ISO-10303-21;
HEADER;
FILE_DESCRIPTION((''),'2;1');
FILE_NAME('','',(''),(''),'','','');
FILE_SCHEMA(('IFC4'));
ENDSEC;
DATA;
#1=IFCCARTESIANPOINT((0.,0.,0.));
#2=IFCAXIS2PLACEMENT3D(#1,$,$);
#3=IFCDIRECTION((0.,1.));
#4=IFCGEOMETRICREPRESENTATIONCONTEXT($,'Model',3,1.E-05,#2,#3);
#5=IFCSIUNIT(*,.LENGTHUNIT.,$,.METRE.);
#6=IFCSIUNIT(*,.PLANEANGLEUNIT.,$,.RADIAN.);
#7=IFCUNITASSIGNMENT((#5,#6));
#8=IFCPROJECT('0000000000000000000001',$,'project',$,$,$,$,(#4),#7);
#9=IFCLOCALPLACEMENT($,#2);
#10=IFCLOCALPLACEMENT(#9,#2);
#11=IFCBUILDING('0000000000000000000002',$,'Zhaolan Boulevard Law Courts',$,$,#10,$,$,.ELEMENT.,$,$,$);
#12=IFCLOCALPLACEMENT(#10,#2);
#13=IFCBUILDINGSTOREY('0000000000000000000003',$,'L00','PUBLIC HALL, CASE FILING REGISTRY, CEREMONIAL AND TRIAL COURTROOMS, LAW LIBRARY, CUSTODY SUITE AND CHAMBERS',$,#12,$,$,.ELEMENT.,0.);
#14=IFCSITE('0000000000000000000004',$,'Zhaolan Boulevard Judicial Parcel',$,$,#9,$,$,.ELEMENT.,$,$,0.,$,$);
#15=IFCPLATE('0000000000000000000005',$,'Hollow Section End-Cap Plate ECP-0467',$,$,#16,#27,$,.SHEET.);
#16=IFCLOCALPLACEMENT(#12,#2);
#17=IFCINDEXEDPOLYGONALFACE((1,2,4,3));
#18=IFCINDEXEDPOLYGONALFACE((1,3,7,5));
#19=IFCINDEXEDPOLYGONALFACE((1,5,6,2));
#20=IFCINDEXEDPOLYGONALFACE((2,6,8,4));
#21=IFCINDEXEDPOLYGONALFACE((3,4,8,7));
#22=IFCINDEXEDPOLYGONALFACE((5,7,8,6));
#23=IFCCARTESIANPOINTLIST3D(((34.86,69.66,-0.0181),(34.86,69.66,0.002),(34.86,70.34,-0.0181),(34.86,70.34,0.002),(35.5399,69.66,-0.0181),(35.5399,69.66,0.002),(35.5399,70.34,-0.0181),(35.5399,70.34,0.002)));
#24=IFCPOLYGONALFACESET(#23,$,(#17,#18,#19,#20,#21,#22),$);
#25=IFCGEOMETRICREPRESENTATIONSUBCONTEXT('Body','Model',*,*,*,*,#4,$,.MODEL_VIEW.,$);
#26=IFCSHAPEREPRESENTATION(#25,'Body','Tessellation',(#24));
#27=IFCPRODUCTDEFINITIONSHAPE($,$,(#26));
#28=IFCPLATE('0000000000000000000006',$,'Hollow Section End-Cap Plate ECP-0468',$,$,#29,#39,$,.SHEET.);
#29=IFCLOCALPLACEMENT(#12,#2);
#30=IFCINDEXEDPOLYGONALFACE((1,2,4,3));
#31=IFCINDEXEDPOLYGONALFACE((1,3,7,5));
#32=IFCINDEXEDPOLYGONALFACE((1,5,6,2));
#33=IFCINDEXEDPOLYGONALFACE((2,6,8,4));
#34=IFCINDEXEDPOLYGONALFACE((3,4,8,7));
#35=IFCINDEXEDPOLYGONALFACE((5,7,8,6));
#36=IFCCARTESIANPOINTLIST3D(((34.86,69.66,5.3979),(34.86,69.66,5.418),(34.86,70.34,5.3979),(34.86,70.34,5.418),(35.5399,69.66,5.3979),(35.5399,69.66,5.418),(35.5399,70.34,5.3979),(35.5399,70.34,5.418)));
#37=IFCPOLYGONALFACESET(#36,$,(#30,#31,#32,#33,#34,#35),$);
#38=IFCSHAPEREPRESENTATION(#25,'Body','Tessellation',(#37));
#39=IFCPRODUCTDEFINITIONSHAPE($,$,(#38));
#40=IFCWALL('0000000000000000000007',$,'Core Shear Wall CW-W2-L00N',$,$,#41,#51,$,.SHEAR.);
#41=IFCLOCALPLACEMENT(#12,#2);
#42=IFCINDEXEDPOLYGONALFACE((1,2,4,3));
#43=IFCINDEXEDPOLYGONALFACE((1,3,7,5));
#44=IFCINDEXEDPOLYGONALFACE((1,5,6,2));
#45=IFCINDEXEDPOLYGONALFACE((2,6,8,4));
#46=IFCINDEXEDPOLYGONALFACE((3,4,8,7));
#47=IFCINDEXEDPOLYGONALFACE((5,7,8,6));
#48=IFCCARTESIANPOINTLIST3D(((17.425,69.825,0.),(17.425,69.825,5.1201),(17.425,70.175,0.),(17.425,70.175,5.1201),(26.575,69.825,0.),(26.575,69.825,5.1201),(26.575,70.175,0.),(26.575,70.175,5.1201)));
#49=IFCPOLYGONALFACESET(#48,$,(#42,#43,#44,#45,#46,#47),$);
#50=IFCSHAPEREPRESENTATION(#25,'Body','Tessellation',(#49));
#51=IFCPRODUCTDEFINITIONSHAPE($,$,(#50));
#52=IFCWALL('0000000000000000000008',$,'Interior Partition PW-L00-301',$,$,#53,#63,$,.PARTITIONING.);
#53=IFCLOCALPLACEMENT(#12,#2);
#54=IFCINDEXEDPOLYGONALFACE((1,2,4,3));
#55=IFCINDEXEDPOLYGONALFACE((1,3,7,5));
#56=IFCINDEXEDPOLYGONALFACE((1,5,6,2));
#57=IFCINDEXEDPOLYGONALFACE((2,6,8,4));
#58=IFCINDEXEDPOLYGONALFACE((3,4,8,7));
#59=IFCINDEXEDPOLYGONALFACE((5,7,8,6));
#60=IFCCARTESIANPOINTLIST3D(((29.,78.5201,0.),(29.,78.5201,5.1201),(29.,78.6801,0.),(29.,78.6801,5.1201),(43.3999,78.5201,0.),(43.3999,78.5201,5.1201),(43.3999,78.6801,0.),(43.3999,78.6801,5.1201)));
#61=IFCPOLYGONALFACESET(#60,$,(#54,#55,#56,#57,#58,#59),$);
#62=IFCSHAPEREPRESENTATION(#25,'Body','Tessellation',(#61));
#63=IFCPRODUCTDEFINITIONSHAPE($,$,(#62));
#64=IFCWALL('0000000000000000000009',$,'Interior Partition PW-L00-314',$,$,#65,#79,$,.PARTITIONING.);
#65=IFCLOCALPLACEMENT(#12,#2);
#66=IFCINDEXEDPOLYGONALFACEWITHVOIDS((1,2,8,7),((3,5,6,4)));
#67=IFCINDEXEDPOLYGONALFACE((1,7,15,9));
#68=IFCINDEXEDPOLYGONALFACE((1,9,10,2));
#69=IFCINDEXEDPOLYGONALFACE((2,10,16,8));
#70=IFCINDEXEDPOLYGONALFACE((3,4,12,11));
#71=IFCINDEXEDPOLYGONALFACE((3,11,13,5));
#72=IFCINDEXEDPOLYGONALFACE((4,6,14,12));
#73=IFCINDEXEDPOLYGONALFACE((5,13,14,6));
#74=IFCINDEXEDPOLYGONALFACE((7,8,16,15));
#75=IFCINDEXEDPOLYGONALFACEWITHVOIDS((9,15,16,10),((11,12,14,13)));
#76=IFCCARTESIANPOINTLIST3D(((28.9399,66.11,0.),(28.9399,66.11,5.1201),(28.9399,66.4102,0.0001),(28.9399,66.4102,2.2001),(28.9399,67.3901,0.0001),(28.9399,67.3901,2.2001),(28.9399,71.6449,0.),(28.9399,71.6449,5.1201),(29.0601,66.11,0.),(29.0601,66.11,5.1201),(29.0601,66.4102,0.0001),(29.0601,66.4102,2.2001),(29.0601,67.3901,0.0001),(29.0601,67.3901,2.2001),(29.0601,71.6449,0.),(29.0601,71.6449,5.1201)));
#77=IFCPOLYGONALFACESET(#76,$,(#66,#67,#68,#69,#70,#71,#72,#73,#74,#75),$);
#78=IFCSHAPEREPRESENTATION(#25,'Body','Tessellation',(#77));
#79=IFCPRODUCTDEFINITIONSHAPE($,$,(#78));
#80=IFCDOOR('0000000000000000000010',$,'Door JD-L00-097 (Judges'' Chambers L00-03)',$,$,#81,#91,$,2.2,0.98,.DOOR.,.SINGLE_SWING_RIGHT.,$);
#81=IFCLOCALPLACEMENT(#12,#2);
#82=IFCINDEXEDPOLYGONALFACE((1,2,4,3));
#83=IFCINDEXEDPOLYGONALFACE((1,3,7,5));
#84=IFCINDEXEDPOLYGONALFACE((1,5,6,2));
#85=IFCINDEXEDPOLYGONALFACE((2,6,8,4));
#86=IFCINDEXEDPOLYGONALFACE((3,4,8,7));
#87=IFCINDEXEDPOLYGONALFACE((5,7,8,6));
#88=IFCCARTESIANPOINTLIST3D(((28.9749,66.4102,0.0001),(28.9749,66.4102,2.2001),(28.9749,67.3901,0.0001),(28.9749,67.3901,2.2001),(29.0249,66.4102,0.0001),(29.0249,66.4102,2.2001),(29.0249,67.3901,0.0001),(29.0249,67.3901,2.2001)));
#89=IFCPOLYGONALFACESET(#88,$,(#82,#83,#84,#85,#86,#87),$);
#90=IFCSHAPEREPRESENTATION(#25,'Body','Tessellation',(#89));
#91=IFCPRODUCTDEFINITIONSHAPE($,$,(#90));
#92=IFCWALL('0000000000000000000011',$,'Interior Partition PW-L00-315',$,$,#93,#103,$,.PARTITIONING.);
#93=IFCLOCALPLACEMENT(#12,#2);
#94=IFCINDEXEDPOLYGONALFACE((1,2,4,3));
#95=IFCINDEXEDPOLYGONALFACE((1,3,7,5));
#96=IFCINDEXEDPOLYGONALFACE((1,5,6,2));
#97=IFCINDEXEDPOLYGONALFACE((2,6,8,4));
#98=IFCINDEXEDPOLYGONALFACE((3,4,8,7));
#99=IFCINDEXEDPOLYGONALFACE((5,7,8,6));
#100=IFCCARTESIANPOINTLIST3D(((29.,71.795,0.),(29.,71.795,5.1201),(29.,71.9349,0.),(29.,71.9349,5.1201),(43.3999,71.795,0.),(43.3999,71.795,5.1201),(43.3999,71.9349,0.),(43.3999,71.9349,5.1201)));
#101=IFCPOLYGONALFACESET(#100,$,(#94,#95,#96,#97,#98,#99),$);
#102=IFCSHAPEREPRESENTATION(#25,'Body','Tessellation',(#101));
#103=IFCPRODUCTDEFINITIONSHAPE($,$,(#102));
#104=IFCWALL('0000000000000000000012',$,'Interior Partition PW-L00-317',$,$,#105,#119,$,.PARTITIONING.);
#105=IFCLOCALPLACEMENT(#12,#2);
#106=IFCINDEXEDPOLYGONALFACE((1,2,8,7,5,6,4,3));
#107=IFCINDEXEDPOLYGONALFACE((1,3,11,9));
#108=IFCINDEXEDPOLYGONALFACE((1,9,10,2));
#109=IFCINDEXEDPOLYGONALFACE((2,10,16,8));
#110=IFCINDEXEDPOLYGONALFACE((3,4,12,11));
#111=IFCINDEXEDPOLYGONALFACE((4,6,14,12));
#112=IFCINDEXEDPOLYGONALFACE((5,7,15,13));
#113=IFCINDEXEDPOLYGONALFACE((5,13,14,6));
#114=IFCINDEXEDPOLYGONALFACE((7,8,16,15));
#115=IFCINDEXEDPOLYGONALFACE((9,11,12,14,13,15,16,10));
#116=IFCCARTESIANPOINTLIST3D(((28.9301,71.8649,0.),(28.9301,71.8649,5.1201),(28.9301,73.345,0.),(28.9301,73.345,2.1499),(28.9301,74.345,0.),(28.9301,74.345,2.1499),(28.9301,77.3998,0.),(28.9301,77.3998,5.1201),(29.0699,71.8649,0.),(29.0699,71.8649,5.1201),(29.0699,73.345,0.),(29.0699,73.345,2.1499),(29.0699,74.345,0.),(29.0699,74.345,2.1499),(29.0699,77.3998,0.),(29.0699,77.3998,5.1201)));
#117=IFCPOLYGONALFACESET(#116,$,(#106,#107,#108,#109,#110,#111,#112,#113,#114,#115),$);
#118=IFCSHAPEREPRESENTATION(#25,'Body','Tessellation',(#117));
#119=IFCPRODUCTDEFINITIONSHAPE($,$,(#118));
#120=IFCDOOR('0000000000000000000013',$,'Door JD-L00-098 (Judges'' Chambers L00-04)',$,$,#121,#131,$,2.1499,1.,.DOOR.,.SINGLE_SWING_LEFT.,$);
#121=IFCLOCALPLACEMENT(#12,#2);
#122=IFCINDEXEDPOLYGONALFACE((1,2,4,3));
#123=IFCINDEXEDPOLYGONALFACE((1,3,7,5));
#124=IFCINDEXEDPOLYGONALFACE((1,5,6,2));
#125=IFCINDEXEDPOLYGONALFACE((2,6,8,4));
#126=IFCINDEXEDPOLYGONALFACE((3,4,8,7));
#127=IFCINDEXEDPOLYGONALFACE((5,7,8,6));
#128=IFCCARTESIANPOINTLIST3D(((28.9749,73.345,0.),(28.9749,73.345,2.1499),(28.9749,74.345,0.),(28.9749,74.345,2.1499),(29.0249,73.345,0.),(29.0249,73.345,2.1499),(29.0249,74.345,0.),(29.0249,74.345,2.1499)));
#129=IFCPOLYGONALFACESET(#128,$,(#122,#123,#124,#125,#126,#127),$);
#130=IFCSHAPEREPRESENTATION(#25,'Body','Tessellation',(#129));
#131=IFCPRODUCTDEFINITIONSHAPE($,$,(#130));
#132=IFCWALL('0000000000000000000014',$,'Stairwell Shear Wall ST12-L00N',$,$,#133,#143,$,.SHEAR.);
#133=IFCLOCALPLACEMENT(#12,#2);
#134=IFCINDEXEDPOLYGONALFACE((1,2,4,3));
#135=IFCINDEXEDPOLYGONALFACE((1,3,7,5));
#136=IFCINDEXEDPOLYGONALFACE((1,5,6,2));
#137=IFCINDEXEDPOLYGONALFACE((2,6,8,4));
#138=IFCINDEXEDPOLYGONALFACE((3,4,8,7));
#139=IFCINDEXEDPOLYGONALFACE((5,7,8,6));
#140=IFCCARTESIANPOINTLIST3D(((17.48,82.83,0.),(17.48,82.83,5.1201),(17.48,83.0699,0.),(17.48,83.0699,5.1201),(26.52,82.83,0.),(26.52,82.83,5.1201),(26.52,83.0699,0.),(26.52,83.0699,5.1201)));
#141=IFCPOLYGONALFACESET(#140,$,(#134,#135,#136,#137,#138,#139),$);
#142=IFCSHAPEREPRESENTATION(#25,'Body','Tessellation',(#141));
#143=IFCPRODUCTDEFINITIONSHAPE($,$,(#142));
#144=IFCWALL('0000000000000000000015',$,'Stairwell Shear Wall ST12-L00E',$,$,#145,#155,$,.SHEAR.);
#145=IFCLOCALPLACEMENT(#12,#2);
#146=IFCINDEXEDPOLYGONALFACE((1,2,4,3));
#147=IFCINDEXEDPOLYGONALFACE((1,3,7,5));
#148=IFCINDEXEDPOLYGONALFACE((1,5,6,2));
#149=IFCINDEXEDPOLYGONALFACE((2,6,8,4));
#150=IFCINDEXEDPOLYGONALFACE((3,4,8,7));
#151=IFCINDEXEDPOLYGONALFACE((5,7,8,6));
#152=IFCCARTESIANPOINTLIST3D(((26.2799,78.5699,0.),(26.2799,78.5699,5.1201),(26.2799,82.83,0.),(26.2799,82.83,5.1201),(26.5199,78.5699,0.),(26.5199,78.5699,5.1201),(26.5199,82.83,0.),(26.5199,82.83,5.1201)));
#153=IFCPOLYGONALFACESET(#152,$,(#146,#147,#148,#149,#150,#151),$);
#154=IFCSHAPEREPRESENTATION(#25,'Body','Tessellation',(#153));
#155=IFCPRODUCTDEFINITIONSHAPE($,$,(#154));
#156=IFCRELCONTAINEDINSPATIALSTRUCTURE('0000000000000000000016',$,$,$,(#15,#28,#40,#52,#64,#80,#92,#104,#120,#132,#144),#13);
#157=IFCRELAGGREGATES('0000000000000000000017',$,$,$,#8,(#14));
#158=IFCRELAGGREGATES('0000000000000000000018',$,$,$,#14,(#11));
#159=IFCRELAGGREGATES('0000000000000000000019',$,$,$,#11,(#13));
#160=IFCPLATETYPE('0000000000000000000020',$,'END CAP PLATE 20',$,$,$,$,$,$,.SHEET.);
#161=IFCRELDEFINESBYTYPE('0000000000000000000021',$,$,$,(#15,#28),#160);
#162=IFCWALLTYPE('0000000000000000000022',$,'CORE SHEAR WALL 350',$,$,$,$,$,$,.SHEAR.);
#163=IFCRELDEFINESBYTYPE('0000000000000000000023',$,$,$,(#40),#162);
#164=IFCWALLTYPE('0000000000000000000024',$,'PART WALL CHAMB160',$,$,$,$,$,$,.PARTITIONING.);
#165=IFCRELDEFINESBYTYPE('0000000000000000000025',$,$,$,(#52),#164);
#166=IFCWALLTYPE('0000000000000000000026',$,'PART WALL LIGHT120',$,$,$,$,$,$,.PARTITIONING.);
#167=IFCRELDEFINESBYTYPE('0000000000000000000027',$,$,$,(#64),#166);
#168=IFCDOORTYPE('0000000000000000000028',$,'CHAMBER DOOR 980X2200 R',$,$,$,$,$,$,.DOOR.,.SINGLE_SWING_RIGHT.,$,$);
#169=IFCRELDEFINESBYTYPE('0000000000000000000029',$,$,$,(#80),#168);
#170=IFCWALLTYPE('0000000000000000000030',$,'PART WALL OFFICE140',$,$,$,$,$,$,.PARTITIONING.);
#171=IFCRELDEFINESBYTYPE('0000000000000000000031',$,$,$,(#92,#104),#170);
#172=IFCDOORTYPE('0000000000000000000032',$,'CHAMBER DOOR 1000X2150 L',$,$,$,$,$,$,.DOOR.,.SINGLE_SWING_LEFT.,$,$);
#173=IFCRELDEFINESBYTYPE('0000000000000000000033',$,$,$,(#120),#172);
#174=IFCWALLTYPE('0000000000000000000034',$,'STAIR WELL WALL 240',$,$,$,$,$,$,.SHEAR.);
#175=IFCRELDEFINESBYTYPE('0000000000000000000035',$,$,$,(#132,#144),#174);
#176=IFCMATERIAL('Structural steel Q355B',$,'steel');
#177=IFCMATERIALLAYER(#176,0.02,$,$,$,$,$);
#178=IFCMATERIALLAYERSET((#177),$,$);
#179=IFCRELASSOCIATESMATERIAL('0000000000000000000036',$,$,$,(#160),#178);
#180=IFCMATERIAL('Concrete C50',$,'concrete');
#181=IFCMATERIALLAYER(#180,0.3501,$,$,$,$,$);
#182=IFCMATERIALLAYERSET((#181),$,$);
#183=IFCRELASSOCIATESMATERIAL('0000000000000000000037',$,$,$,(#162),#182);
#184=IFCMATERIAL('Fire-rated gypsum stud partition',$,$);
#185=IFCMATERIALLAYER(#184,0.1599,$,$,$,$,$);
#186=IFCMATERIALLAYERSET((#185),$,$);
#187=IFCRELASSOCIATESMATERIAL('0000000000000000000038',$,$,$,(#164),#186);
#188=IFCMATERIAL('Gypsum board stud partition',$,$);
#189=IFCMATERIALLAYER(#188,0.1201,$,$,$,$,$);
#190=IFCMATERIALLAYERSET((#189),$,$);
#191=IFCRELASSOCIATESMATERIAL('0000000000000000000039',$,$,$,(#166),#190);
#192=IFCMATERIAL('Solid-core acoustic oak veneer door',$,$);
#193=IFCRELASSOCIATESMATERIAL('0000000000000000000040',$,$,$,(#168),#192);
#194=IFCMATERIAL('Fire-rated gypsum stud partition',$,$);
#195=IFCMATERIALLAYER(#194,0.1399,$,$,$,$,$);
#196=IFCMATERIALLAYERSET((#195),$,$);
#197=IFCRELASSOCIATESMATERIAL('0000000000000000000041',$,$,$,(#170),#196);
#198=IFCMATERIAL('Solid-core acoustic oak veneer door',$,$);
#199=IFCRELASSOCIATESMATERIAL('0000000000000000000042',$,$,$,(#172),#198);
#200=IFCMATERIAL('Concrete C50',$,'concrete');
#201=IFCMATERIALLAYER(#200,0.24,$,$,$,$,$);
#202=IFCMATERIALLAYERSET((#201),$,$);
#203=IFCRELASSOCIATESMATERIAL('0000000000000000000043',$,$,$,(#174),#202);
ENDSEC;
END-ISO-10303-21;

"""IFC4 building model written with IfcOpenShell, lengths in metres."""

from ifc_helpers import new_model, si_unit, direction, frame, frame_2d, origin, origin_2d, place, context, subcontext, project, spatial, rectangle, extrude, material, layer, layer_set, type_object, element, fill, save


model = new_model("IFC4")

# Units and contexts
model_context = context("Model", 3, precision=1e-05, world=origin(), true_north=direction((0.0, 1.0)))
body_context = subcontext(model_context, "Body", "Model", "MODEL_VIEW")
ifc_project = project(units=[si_unit("LENGTHUNIT", "METRE"), si_unit("PLANEANGLEUNIT", "RADIAN")], contexts=[model_context])

# Site, building, storey
site_placement = place(None, origin())
site = spatial("IfcSite", under=ifc_project, at=site_placement, Name="Zhaolan Boulevard Judicial Parcel", CompositionType="ELEMENT", RefElevation=0.0)
building_placement = place(site_placement, origin())
building = spatial("IfcBuilding", under=site, at=building_placement, Name="Zhaolan Boulevard Law Courts", CompositionType="ELEMENT")
storey_placement = place(building_placement, origin())
storey = spatial("IfcBuildingStorey", under=building, at=storey_placement, Name="L00", Description="PUBLIC HALL, CASE FILING REGISTRY, CEREMONIAL AND TRIAL COURTROOMS, LAW LIBRARY, CUSTODY SUITE AND CHAMBERS", CompositionType="ELEMENT", Elevation=0.0)

# Plates
ifc_material_1 = material(Name="Structural steel Q355B", Category="steel")
ifc_layer_1 = layer(ifc_material_1, 0.02)
ifc_layer_set_1 = layer_set([ifc_layer_1])
plate_type = type_object("IfcPlateType", Name="END CAP PLATE 20", PredefinedType="SHEET", material=ifc_layer_set_1)
for number, where, z_axis, x_axis, name in (
    (1, (35.2, 70.0, -0.0181), (0.0, 0.0, 1.0), (1.0, 0.0, 0.0), "Hollow Section End-Cap Plate ECP-0467"),
    (2, (35.2, 70.0, 5.3979), (0.0, 0.0, 1.0), (1.0, 0.0, 0.0), "Hollow Section End-Cap Plate ECP-0468"),
):
    element("IfcPlate", number, at=place(storey_placement, frame(where, z_axis=z_axis, x_axis=x_axis)), inside=storey, type_object=plate_type, Name=name, PredefinedType="SHEET", context=body_context, shape_type="SweptSolid", body=[
        extrude(rectangle(XDim=0.6799, YDim=0.6799, at=origin_2d()), origin(), (0.0, 0.0, 1.0), 0.02),
    ])

# Walls
ifc_material_2 = material(Name="Concrete C50", Category="concrete")
ifc_layer_2 = layer(ifc_material_2, 0.3501)
ifc_layer_set_2 = layer_set([ifc_layer_2])
wall_type_1 = type_object("IfcWallType", Name="CORE SHEAR WALL 350", PredefinedType="SHEAR", material=ifc_layer_set_2)
wall_1_placement = place(storey_placement, frame((26.575, 70.0, 0.0), z_axis=(0.0, 0.0, 1.0), x_axis=(-1.0, 0.0, 0.0)))
element("IfcWall", 3, at=wall_1_placement, inside=storey, type_object=wall_type_1, Name="Core Shear Wall CW-W2-L00N", PredefinedType="SHEAR", context=body_context, shape_type="SweptSolid", body=[
    extrude(rectangle(XDim=9.1499, YDim=0.3501, at=frame_2d((4.575, 0.0))), origin(), (0.0, 0.0, 1.0), 5.1201),
])
ifc_material_3 = material(Name="Fire-rated gypsum stud partition")
ifc_layer_3 = layer(ifc_material_3, 0.1599)
ifc_layer_set_3 = layer_set([ifc_layer_3])
wall_type_2 = type_object("IfcWallType", Name="PART WALL CHAMB160", PredefinedType="PARTITIONING", material=ifc_layer_set_3)
wall_2_placement = place(storey_placement, frame((29.0, 78.6001, 0.0), z_axis=(0.0, 0.0, 1.0), x_axis=(1.0, 0.0, 0.0)))
element("IfcWall", 4, at=wall_2_placement, inside=storey, type_object=wall_type_2, Name="Interior Partition PW-L00-301", PredefinedType="PARTITIONING", context=body_context, shape_type="SweptSolid", body=[
    extrude(rectangle(XDim=14.3999, YDim=0.1599, at=frame_2d((7.2, 0.0))), origin(), (0.0, 0.0, 1.0), 5.1201),
])

# Wall, opening, door
ifc_material_4 = material(Name="Gypsum board stud partition")
ifc_layer_4 = layer(ifc_material_4, 0.1201)
ifc_layer_set_4 = layer_set([ifc_layer_4])
wall_type_3 = type_object("IfcWallType", Name="PART WALL LIGHT120", PredefinedType="PARTITIONING", material=ifc_layer_set_4)
wall_3_placement = place(storey_placement, frame((29.0, 71.645, 0.0), z_axis=(0.0, 0.0, 1.0), x_axis=(0.0, -1.0, 0.0)))
wall_3 = element("IfcWall", 5, at=wall_3_placement, inside=storey, type_object=wall_type_3, Name="Interior Partition PW-L00-314", PredefinedType="PARTITIONING", context=body_context, shape_type="SweptSolid", body=[
    extrude(rectangle(XDim=5.5349, YDim=0.1201, at=frame_2d((2.7676, 0.0))), origin(), (0.0, 0.0, 1.0), 5.1201),
])
opening_1_placement = place(wall_3_placement, frame((4.2549, 0.0, 0.0)))
opening_1 = element("IfcOpeningElement", 6, at=opening_1_placement, cuts=wall_3, PredefinedType="OPENING", context=body_context, shape_type="SweptSolid", body=[
    extrude(rectangle(XDim=0.98, YDim=2.2, at=frame_2d((0.49, 1.1001))), frame((0.0, 0.0701, 0.0), z_axis=(0.0, -1.0, 0.0), x_axis=(1.0, 0.0, 0.0)), (0.0, 0.0, 1.0), 0.1401),
])
ifc_material_5 = material(Name="Solid-core acoustic oak veneer door")
door_type_1 = type_object("IfcDoorType", Name="CHAMBER DOOR 980X2200 R", OperationType="SINGLE_SWING_RIGHT", PredefinedType="DOOR", material=ifc_material_5)
door_1_placement = place(opening_1_placement, origin())
door_1 = element("IfcDoor", 7, at=door_1_placement, inside=storey, type_object=door_type_1, Name="Door JD-L00-097 (Judges' Chambers L00-03)", OperationType="SINGLE_SWING_RIGHT", OverallHeight=2.2, OverallWidth=0.98, PredefinedType="DOOR", context=body_context, shape_type="SweptSolid", body=[
    extrude(rectangle(XDim=0.98, YDim=2.2, at=frame_2d((0.49, 1.1001))), frame((0.0, 0.0249, 0.0), z_axis=(0.0, -1.0, 0.0), x_axis=(1.0, 0.0, 0.0)), (0.0, 0.0, 1.0), 0.05),
])
fill(opening_1, door_1)

# Wall
ifc_material_6 = material(Name="Fire-rated gypsum stud partition")
ifc_layer_5 = layer(ifc_material_6, 0.1399)
ifc_layer_set_5 = layer_set([ifc_layer_5])
wall_type_4 = type_object("IfcWallType", Name="PART WALL OFFICE140", PredefinedType="PARTITIONING", material=ifc_layer_set_5)
wall_4_placement = place(storey_placement, frame((29.0, 71.865, 0.0), z_axis=(0.0, 0.0, 1.0), x_axis=(1.0, 0.0, 0.0)))
element("IfcWall", 8, at=wall_4_placement, inside=storey, type_object=wall_type_4, Name="Interior Partition PW-L00-315", PredefinedType="PARTITIONING", context=body_context, shape_type="SweptSolid", body=[
    extrude(rectangle(XDim=14.3999, YDim=0.1399, at=frame_2d((7.2, 0.0))), origin(), (0.0, 0.0, 1.0), 5.1201),
])

# Wall, opening, door
wall_5_placement = place(storey_placement, frame((29.0, 77.3999, 0.0), z_axis=(0.0, 0.0, 1.0), x_axis=(0.0, -1.0, 0.0)))
wall_5 = element("IfcWall", 9, at=wall_5_placement, inside=storey, type_object=wall_type_4, Name="Interior Partition PW-L00-317", PredefinedType="PARTITIONING", context=body_context, shape_type="SweptSolid", body=[
    extrude(rectangle(XDim=5.5349, YDim=0.1399, at=frame_2d((2.7676, 0.0))), origin(), (0.0, 0.0, 1.0), 5.1201),
])
opening_2_placement = place(wall_5_placement, frame((3.0549, 0.0, 0.0)))
opening_2 = element("IfcOpeningElement", 10, at=opening_2_placement, cuts=wall_5, PredefinedType="OPENING", context=body_context, shape_type="SweptSolid", body=[
    extrude(rectangle(XDim=1.0, YDim=2.1499, at=frame_2d((0.5, 1.075))), frame((0.0, 0.0798, 0.0), z_axis=(0.0, -1.0, 0.0), x_axis=(1.0, 0.0, 0.0)), (0.0, 0.0, 1.0), 0.1599),
])
ifc_material_7 = material(Name="Solid-core acoustic oak veneer door")
door_type_2 = type_object("IfcDoorType", Name="CHAMBER DOOR 1000X2150 L", OperationType="SINGLE_SWING_LEFT", PredefinedType="DOOR", material=ifc_material_7)
door_2_placement = place(opening_2_placement, origin())
door_2 = element("IfcDoor", 11, at=door_2_placement, inside=storey, type_object=door_type_2, Name="Door JD-L00-098 (Judges' Chambers L00-04)", OperationType="SINGLE_SWING_LEFT", OverallHeight=2.1499, OverallWidth=1.0, PredefinedType="DOOR", context=body_context, shape_type="SweptSolid", body=[
    extrude(rectangle(XDim=1.0, YDim=2.1499, at=frame_2d((0.5, 1.075))), frame((0.0, 0.0249, 0.0), z_axis=(0.0, -1.0, 0.0), x_axis=(1.0, 0.0, 0.0)), (0.0, 0.0, 1.0), 0.05),
])
fill(opening_2, door_2)

# Walls
ifc_material_8 = material(Name="Concrete C50", Category="concrete")
ifc_layer_6 = layer(ifc_material_8, 0.24)
ifc_layer_set_6 = layer_set([ifc_layer_6])
wall_type_5 = type_object("IfcWallType", Name="STAIR WELL WALL 240", PredefinedType="SHEAR", material=ifc_layer_set_6)
wall_6_placement = place(storey_placement, frame((26.52, 82.95, 0.0), z_axis=(0.0, 0.0, 1.0), x_axis=(-1.0, 0.0, 0.0)))
element("IfcWall", 12, at=wall_6_placement, inside=storey, type_object=wall_type_5, Name="Stairwell Shear Wall ST12-L00N", PredefinedType="SHEAR", context=body_context, shape_type="SweptSolid", body=[
    extrude(rectangle(XDim=9.04, YDim=0.24, at=frame_2d((4.52, 0.0))), origin(), (0.0, 0.0, 1.0), 5.1201),
])
wall_7_placement = place(storey_placement, frame((26.3999, 78.5701, 0.0), z_axis=(0.0, 0.0, 1.0), x_axis=(0.0, 1.0, 0.0)))
element("IfcWall", 13, at=wall_7_placement, inside=storey, type_object=wall_type_5, Name="Stairwell Shear Wall ST12-L00E", PredefinedType="SHEAR", context=body_context, shape_type="SweptSolid", body=[
    extrude(rectangle(XDim=4.26, YDim=0.24, at=frame_2d((2.1299, 0.0))), origin(), (0.0, 0.0, 1.0), 5.1201),
])

save(model, "model.ifc")
